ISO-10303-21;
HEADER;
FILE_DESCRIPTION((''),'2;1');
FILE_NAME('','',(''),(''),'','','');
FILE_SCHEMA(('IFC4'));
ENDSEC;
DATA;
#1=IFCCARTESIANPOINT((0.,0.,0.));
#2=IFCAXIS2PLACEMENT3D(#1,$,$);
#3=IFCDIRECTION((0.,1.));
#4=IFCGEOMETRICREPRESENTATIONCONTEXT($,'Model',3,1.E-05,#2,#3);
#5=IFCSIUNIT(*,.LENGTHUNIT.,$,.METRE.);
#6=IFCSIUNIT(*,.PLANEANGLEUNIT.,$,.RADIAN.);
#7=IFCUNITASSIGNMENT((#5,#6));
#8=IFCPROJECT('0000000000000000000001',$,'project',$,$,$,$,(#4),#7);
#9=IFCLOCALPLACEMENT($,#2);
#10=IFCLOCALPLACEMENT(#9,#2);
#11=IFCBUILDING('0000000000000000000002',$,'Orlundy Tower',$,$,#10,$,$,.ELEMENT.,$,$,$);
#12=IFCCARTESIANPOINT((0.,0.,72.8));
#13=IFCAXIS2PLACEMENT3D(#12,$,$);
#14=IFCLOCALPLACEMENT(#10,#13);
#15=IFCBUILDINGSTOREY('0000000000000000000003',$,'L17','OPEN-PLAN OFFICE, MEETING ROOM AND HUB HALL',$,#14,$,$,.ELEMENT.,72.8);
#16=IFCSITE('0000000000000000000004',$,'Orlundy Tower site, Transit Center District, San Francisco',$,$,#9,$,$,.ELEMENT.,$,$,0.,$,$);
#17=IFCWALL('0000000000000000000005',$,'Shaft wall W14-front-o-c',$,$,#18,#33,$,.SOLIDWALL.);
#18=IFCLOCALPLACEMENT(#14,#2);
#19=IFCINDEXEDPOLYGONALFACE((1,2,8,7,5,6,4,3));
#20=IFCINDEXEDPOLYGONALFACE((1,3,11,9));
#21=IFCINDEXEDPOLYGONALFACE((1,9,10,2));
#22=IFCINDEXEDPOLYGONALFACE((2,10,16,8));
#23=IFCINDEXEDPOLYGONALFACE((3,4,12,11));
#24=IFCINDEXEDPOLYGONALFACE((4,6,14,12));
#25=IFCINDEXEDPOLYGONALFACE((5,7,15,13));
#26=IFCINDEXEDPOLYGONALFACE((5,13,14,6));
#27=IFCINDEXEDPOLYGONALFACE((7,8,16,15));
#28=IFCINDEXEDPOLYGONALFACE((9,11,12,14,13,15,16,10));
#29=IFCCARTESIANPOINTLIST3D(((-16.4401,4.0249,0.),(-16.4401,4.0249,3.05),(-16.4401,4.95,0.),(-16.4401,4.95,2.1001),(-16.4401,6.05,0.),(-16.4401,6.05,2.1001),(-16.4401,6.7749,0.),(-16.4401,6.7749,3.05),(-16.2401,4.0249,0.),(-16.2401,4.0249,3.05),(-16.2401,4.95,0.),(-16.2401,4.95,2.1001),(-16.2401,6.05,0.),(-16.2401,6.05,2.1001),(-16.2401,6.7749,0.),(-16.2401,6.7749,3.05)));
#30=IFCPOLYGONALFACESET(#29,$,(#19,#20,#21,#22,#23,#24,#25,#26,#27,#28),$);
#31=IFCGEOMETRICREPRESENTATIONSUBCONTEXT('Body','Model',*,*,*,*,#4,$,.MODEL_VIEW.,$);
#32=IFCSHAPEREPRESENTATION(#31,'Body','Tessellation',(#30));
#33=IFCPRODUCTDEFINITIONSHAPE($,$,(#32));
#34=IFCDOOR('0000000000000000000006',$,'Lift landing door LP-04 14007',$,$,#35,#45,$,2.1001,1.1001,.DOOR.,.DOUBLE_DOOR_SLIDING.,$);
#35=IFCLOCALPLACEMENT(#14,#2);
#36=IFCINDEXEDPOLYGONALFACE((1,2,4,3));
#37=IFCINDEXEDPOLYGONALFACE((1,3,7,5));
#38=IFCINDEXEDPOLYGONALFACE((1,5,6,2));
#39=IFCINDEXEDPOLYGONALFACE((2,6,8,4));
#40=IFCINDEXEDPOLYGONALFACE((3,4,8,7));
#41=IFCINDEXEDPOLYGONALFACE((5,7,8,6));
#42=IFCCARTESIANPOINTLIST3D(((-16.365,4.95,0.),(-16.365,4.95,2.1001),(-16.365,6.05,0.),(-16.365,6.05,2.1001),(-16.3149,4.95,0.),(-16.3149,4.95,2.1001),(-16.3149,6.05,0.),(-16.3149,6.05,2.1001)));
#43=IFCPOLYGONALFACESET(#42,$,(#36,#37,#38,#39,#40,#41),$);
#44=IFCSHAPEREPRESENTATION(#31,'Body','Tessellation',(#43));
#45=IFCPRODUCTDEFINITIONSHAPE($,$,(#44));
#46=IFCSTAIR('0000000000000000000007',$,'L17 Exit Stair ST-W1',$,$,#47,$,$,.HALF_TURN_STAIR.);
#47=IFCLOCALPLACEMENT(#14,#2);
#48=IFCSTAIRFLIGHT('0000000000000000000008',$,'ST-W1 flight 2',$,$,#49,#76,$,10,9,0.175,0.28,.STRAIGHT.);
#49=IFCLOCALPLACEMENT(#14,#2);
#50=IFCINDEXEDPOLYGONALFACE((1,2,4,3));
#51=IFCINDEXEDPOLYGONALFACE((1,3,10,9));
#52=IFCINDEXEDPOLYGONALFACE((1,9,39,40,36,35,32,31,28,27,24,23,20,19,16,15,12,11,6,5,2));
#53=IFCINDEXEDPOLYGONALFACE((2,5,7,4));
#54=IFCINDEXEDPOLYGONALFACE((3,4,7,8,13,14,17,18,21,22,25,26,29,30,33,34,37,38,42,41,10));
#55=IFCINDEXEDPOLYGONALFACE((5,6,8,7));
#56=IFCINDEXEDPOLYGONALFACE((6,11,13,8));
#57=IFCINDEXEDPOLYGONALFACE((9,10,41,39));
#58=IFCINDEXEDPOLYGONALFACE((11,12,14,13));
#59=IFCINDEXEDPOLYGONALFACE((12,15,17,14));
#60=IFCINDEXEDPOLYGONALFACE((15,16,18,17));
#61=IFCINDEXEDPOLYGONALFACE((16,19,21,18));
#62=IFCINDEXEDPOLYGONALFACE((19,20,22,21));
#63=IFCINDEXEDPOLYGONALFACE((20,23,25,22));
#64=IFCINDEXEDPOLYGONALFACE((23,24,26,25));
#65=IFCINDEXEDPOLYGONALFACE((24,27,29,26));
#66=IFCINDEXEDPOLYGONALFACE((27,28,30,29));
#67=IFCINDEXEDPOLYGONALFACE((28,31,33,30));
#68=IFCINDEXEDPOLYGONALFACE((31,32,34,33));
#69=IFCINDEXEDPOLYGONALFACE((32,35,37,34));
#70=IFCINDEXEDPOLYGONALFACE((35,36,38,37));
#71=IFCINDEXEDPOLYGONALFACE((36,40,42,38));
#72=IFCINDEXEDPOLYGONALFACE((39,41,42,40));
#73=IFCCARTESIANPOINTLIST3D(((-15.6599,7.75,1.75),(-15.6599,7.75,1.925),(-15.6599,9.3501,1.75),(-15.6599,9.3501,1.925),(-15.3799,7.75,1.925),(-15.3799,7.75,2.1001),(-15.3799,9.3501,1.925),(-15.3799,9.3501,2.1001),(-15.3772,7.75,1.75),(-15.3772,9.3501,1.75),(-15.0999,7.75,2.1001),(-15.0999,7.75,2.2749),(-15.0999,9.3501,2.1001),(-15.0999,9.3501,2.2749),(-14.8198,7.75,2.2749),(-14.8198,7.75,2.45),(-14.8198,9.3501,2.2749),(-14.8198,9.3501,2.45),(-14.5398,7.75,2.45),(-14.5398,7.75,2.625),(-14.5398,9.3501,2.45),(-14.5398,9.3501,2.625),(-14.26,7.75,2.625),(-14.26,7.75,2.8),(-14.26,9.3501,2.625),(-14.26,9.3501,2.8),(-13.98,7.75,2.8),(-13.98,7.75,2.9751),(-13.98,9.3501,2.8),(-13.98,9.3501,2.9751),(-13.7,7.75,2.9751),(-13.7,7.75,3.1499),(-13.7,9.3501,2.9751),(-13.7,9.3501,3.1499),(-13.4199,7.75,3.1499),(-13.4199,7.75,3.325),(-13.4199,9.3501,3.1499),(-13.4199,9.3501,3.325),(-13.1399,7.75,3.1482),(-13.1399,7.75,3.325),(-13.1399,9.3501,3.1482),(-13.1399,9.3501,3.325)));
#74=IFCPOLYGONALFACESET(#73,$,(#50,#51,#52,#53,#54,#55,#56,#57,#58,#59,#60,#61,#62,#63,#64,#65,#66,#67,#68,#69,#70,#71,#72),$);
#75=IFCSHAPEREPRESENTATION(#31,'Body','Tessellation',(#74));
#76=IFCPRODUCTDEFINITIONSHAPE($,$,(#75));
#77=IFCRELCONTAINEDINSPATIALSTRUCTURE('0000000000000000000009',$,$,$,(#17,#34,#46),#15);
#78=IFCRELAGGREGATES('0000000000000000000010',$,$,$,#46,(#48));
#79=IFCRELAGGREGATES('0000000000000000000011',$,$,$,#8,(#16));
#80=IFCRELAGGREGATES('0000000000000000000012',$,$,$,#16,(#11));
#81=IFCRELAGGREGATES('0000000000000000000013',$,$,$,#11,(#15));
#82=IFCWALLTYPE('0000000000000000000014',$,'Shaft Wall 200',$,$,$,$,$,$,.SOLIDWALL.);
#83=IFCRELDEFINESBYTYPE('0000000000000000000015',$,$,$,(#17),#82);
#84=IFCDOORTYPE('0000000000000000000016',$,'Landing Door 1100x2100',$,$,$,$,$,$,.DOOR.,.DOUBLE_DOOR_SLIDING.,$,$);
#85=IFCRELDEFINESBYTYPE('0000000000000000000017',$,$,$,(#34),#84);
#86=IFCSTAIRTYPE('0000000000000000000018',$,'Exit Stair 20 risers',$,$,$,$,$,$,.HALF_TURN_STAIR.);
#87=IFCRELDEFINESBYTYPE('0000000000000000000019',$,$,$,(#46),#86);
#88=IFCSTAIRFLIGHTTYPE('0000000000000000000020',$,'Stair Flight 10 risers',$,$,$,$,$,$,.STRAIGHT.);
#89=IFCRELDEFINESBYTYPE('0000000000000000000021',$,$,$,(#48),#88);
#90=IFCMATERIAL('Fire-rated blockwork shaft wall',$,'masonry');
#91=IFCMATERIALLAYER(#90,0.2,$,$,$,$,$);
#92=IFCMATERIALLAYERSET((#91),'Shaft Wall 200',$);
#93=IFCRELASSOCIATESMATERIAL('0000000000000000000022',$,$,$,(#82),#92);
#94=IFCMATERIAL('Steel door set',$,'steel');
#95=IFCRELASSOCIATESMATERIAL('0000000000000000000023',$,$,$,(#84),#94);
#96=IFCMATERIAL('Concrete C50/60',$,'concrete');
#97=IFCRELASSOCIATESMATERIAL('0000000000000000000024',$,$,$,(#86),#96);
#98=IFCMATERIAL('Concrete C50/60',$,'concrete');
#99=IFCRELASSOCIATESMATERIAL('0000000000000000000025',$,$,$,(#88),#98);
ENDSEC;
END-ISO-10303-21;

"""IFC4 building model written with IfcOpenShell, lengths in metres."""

from ifc_helpers import new_model, si_unit, direction, frame, frame_2d, origin, place, context, subcontext, project, spatial, polyline, rectangle, outline, extrude, material, layer, layer_set, type_object, element, fill, aggregate, save


model = new_model("IFC4")

# Units and contexts
model_context = context("Model", 3, precision=1e-05, world=origin(), true_north=direction((0.0, 1.0)))
body_context = subcontext(model_context, "Body", "Model", "MODEL_VIEW")
ifc_project = project(units=[si_unit("LENGTHUNIT", "METRE"), si_unit("PLANEANGLEUNIT", "RADIAN")], contexts=[model_context])

# Site, building, storey
site_placement = place(None, origin())
site = spatial("IfcSite", under=ifc_project, at=site_placement, Name="Orlundy Tower site, Transit Center District, San Francisco", CompositionType="ELEMENT", RefElevation=0.0)
building_placement = place(site_placement, origin())
building = spatial("IfcBuilding", under=site, at=building_placement, Name="Orlundy Tower", CompositionType="ELEMENT")
storey_placement = place(building_placement, frame((0.0, 0.0, 72.8)))
storey = spatial("IfcBuildingStorey", under=building, at=storey_placement, Name="L17", Description="OPEN-PLAN OFFICE, MEETING ROOM AND HUB HALL", CompositionType="ELEMENT", Elevation=72.8)

# Wall, opening, door
ifc_material_1 = material(Name="Fire-rated blockwork shaft wall", Category="masonry")
ifc_layer_1 = layer(ifc_material_1, 0.2)
ifc_layer_set_1 = layer_set([ifc_layer_1], Name="Shaft Wall 200")
wall_type_1 = type_object("IfcWallType", Name="Shaft Wall 200", PredefinedType="SOLIDWALL", material=ifc_layer_set_1)
wall_1_placement = place(storey_placement, frame((-16.3401, 4.0249, 0.0), z_axis=(0.0, 0.0, 1.0), x_axis=(0.0, 1.0, 0.0)))
wall_1 = element("IfcWall", 1, at=wall_1_placement, inside=storey, type_object=wall_type_1, Name="Shaft wall W14-front-o-c", PredefinedType="SOLIDWALL", context=body_context, shape_type="SweptSolid", body=[
    extrude(rectangle(XDim=2.75, YDim=0.2, at=frame_2d((1.375, 0.0))), origin(), (0.0, 0.0, 1.0), 3.05),
])
opening_1_placement = place(wall_1_placement, frame((0.925, 0.0, 0.0)))
opening_1 = element("IfcOpeningElement", 2, at=opening_1_placement, cuts=wall_1, PredefinedType="OPENING", context=body_context, shape_type="SweptSolid", body=[
    extrude(rectangle(XDim=1.1001, YDim=2.1001, at=frame_2d((0.55, 1.05))), frame((0.0, 0.1101, 0.0), z_axis=(0.0, -1.0, 0.0), x_axis=(1.0, 0.0, 0.0)), (0.0, 0.0, 1.0), 0.2202),
])
ifc_material_2 = material(Name="Steel door set", Category="steel")
door_type_1 = type_object("IfcDoorType", Name="Landing Door 1100x2100", OperationType="DOUBLE_DOOR_SLIDING", PredefinedType="DOOR", material=ifc_material_2)
door_1_placement = place(opening_1_placement, origin())
door_1 = element("IfcDoor", 3, at=door_1_placement, inside=storey, type_object=door_type_1, Name="Lift landing door LP-04 14007", OperationType="DOUBLE_DOOR_SLIDING", OverallHeight=2.1001, OverallWidth=1.1001, PredefinedType="DOOR", context=body_context, shape_type="SweptSolid", body=[
    extrude(rectangle(XDim=1.1001, YDim=2.1001, at=frame_2d((0.55, 1.05))), frame((0.0, 0.0249, 0.0), z_axis=(0.0, -1.0, 0.0), x_axis=(1.0, 0.0, 0.0)), (0.0, 0.0, 1.0), 0.05),
])
fill(opening_1, door_1)

# Stair, stair flight
ifc_material_3 = material(Name="Concrete C50/60", Category="concrete")
stair_type = type_object("IfcStairType", Name="Exit Stair 20 risers", PredefinedType="HALF_TURN_STAIR", material=ifc_material_3)
stair_placement = place(storey_placement, origin())
stair = element("IfcStair", 4, at=stair_placement, inside=storey, type_object=stair_type, Name="L17 Exit Stair ST-W1", PredefinedType="HALF_TURN_STAIR")
ifc_material_4 = material(Name="Concrete C50/60", Category="concrete")
stair_flight_type = type_object("IfcStairFlightType", Name="Stair Flight 10 risers", PredefinedType="STRAIGHT", material=ifc_material_4)
stair_flight_placement = place(storey_placement, frame((-15.6599, 8.55, 1.75), z_axis=(0.0, 0.0, 1.0), x_axis=(1.0, 0.0, 0.0)))
stair_flight = element("IfcStairFlight", 5, at=stair_flight_placement, type_object=stair_flight_type, Name="ST-W1 flight 2", NumberOfRisers=10, NumberOfTreads=9, PredefinedType="STRAIGHT", RiserHeight=0.175, TreadLength=0.28, context=body_context, shape_type="SweptSolid", body=[
    extrude(outline(polyline([(0.0, 0.0), (0.0, 0.175), (0.28, 0.175), (0.28, 0.3501), (0.5601, 0.3501), (0.5601, 0.5249), (0.8401, 0.5249), (0.8401, 0.7), (1.1201, 0.7), (1.1201, 0.875), (1.3999, 0.875), (1.3999, 1.05), (1.6799, 1.05), (1.6799, 1.2251), (1.96, 1.2251), (1.96, 1.3999), (2.24, 1.3999), (2.24, 1.575), (2.52, 1.575), (2.52, 1.75), (2.52, 1.3982), (0.2827, 0.0), (0.0, 0.0)])), frame((0.0, 0.8, 0.0), z_axis=(0.0, -1.0, 0.0), x_axis=(1.0, 0.0, 0.0)), (0.0, 0.0, 1.0), 1.6001),
])
aggregate(stair, [stair_flight])

save(model, "model.ifc")
